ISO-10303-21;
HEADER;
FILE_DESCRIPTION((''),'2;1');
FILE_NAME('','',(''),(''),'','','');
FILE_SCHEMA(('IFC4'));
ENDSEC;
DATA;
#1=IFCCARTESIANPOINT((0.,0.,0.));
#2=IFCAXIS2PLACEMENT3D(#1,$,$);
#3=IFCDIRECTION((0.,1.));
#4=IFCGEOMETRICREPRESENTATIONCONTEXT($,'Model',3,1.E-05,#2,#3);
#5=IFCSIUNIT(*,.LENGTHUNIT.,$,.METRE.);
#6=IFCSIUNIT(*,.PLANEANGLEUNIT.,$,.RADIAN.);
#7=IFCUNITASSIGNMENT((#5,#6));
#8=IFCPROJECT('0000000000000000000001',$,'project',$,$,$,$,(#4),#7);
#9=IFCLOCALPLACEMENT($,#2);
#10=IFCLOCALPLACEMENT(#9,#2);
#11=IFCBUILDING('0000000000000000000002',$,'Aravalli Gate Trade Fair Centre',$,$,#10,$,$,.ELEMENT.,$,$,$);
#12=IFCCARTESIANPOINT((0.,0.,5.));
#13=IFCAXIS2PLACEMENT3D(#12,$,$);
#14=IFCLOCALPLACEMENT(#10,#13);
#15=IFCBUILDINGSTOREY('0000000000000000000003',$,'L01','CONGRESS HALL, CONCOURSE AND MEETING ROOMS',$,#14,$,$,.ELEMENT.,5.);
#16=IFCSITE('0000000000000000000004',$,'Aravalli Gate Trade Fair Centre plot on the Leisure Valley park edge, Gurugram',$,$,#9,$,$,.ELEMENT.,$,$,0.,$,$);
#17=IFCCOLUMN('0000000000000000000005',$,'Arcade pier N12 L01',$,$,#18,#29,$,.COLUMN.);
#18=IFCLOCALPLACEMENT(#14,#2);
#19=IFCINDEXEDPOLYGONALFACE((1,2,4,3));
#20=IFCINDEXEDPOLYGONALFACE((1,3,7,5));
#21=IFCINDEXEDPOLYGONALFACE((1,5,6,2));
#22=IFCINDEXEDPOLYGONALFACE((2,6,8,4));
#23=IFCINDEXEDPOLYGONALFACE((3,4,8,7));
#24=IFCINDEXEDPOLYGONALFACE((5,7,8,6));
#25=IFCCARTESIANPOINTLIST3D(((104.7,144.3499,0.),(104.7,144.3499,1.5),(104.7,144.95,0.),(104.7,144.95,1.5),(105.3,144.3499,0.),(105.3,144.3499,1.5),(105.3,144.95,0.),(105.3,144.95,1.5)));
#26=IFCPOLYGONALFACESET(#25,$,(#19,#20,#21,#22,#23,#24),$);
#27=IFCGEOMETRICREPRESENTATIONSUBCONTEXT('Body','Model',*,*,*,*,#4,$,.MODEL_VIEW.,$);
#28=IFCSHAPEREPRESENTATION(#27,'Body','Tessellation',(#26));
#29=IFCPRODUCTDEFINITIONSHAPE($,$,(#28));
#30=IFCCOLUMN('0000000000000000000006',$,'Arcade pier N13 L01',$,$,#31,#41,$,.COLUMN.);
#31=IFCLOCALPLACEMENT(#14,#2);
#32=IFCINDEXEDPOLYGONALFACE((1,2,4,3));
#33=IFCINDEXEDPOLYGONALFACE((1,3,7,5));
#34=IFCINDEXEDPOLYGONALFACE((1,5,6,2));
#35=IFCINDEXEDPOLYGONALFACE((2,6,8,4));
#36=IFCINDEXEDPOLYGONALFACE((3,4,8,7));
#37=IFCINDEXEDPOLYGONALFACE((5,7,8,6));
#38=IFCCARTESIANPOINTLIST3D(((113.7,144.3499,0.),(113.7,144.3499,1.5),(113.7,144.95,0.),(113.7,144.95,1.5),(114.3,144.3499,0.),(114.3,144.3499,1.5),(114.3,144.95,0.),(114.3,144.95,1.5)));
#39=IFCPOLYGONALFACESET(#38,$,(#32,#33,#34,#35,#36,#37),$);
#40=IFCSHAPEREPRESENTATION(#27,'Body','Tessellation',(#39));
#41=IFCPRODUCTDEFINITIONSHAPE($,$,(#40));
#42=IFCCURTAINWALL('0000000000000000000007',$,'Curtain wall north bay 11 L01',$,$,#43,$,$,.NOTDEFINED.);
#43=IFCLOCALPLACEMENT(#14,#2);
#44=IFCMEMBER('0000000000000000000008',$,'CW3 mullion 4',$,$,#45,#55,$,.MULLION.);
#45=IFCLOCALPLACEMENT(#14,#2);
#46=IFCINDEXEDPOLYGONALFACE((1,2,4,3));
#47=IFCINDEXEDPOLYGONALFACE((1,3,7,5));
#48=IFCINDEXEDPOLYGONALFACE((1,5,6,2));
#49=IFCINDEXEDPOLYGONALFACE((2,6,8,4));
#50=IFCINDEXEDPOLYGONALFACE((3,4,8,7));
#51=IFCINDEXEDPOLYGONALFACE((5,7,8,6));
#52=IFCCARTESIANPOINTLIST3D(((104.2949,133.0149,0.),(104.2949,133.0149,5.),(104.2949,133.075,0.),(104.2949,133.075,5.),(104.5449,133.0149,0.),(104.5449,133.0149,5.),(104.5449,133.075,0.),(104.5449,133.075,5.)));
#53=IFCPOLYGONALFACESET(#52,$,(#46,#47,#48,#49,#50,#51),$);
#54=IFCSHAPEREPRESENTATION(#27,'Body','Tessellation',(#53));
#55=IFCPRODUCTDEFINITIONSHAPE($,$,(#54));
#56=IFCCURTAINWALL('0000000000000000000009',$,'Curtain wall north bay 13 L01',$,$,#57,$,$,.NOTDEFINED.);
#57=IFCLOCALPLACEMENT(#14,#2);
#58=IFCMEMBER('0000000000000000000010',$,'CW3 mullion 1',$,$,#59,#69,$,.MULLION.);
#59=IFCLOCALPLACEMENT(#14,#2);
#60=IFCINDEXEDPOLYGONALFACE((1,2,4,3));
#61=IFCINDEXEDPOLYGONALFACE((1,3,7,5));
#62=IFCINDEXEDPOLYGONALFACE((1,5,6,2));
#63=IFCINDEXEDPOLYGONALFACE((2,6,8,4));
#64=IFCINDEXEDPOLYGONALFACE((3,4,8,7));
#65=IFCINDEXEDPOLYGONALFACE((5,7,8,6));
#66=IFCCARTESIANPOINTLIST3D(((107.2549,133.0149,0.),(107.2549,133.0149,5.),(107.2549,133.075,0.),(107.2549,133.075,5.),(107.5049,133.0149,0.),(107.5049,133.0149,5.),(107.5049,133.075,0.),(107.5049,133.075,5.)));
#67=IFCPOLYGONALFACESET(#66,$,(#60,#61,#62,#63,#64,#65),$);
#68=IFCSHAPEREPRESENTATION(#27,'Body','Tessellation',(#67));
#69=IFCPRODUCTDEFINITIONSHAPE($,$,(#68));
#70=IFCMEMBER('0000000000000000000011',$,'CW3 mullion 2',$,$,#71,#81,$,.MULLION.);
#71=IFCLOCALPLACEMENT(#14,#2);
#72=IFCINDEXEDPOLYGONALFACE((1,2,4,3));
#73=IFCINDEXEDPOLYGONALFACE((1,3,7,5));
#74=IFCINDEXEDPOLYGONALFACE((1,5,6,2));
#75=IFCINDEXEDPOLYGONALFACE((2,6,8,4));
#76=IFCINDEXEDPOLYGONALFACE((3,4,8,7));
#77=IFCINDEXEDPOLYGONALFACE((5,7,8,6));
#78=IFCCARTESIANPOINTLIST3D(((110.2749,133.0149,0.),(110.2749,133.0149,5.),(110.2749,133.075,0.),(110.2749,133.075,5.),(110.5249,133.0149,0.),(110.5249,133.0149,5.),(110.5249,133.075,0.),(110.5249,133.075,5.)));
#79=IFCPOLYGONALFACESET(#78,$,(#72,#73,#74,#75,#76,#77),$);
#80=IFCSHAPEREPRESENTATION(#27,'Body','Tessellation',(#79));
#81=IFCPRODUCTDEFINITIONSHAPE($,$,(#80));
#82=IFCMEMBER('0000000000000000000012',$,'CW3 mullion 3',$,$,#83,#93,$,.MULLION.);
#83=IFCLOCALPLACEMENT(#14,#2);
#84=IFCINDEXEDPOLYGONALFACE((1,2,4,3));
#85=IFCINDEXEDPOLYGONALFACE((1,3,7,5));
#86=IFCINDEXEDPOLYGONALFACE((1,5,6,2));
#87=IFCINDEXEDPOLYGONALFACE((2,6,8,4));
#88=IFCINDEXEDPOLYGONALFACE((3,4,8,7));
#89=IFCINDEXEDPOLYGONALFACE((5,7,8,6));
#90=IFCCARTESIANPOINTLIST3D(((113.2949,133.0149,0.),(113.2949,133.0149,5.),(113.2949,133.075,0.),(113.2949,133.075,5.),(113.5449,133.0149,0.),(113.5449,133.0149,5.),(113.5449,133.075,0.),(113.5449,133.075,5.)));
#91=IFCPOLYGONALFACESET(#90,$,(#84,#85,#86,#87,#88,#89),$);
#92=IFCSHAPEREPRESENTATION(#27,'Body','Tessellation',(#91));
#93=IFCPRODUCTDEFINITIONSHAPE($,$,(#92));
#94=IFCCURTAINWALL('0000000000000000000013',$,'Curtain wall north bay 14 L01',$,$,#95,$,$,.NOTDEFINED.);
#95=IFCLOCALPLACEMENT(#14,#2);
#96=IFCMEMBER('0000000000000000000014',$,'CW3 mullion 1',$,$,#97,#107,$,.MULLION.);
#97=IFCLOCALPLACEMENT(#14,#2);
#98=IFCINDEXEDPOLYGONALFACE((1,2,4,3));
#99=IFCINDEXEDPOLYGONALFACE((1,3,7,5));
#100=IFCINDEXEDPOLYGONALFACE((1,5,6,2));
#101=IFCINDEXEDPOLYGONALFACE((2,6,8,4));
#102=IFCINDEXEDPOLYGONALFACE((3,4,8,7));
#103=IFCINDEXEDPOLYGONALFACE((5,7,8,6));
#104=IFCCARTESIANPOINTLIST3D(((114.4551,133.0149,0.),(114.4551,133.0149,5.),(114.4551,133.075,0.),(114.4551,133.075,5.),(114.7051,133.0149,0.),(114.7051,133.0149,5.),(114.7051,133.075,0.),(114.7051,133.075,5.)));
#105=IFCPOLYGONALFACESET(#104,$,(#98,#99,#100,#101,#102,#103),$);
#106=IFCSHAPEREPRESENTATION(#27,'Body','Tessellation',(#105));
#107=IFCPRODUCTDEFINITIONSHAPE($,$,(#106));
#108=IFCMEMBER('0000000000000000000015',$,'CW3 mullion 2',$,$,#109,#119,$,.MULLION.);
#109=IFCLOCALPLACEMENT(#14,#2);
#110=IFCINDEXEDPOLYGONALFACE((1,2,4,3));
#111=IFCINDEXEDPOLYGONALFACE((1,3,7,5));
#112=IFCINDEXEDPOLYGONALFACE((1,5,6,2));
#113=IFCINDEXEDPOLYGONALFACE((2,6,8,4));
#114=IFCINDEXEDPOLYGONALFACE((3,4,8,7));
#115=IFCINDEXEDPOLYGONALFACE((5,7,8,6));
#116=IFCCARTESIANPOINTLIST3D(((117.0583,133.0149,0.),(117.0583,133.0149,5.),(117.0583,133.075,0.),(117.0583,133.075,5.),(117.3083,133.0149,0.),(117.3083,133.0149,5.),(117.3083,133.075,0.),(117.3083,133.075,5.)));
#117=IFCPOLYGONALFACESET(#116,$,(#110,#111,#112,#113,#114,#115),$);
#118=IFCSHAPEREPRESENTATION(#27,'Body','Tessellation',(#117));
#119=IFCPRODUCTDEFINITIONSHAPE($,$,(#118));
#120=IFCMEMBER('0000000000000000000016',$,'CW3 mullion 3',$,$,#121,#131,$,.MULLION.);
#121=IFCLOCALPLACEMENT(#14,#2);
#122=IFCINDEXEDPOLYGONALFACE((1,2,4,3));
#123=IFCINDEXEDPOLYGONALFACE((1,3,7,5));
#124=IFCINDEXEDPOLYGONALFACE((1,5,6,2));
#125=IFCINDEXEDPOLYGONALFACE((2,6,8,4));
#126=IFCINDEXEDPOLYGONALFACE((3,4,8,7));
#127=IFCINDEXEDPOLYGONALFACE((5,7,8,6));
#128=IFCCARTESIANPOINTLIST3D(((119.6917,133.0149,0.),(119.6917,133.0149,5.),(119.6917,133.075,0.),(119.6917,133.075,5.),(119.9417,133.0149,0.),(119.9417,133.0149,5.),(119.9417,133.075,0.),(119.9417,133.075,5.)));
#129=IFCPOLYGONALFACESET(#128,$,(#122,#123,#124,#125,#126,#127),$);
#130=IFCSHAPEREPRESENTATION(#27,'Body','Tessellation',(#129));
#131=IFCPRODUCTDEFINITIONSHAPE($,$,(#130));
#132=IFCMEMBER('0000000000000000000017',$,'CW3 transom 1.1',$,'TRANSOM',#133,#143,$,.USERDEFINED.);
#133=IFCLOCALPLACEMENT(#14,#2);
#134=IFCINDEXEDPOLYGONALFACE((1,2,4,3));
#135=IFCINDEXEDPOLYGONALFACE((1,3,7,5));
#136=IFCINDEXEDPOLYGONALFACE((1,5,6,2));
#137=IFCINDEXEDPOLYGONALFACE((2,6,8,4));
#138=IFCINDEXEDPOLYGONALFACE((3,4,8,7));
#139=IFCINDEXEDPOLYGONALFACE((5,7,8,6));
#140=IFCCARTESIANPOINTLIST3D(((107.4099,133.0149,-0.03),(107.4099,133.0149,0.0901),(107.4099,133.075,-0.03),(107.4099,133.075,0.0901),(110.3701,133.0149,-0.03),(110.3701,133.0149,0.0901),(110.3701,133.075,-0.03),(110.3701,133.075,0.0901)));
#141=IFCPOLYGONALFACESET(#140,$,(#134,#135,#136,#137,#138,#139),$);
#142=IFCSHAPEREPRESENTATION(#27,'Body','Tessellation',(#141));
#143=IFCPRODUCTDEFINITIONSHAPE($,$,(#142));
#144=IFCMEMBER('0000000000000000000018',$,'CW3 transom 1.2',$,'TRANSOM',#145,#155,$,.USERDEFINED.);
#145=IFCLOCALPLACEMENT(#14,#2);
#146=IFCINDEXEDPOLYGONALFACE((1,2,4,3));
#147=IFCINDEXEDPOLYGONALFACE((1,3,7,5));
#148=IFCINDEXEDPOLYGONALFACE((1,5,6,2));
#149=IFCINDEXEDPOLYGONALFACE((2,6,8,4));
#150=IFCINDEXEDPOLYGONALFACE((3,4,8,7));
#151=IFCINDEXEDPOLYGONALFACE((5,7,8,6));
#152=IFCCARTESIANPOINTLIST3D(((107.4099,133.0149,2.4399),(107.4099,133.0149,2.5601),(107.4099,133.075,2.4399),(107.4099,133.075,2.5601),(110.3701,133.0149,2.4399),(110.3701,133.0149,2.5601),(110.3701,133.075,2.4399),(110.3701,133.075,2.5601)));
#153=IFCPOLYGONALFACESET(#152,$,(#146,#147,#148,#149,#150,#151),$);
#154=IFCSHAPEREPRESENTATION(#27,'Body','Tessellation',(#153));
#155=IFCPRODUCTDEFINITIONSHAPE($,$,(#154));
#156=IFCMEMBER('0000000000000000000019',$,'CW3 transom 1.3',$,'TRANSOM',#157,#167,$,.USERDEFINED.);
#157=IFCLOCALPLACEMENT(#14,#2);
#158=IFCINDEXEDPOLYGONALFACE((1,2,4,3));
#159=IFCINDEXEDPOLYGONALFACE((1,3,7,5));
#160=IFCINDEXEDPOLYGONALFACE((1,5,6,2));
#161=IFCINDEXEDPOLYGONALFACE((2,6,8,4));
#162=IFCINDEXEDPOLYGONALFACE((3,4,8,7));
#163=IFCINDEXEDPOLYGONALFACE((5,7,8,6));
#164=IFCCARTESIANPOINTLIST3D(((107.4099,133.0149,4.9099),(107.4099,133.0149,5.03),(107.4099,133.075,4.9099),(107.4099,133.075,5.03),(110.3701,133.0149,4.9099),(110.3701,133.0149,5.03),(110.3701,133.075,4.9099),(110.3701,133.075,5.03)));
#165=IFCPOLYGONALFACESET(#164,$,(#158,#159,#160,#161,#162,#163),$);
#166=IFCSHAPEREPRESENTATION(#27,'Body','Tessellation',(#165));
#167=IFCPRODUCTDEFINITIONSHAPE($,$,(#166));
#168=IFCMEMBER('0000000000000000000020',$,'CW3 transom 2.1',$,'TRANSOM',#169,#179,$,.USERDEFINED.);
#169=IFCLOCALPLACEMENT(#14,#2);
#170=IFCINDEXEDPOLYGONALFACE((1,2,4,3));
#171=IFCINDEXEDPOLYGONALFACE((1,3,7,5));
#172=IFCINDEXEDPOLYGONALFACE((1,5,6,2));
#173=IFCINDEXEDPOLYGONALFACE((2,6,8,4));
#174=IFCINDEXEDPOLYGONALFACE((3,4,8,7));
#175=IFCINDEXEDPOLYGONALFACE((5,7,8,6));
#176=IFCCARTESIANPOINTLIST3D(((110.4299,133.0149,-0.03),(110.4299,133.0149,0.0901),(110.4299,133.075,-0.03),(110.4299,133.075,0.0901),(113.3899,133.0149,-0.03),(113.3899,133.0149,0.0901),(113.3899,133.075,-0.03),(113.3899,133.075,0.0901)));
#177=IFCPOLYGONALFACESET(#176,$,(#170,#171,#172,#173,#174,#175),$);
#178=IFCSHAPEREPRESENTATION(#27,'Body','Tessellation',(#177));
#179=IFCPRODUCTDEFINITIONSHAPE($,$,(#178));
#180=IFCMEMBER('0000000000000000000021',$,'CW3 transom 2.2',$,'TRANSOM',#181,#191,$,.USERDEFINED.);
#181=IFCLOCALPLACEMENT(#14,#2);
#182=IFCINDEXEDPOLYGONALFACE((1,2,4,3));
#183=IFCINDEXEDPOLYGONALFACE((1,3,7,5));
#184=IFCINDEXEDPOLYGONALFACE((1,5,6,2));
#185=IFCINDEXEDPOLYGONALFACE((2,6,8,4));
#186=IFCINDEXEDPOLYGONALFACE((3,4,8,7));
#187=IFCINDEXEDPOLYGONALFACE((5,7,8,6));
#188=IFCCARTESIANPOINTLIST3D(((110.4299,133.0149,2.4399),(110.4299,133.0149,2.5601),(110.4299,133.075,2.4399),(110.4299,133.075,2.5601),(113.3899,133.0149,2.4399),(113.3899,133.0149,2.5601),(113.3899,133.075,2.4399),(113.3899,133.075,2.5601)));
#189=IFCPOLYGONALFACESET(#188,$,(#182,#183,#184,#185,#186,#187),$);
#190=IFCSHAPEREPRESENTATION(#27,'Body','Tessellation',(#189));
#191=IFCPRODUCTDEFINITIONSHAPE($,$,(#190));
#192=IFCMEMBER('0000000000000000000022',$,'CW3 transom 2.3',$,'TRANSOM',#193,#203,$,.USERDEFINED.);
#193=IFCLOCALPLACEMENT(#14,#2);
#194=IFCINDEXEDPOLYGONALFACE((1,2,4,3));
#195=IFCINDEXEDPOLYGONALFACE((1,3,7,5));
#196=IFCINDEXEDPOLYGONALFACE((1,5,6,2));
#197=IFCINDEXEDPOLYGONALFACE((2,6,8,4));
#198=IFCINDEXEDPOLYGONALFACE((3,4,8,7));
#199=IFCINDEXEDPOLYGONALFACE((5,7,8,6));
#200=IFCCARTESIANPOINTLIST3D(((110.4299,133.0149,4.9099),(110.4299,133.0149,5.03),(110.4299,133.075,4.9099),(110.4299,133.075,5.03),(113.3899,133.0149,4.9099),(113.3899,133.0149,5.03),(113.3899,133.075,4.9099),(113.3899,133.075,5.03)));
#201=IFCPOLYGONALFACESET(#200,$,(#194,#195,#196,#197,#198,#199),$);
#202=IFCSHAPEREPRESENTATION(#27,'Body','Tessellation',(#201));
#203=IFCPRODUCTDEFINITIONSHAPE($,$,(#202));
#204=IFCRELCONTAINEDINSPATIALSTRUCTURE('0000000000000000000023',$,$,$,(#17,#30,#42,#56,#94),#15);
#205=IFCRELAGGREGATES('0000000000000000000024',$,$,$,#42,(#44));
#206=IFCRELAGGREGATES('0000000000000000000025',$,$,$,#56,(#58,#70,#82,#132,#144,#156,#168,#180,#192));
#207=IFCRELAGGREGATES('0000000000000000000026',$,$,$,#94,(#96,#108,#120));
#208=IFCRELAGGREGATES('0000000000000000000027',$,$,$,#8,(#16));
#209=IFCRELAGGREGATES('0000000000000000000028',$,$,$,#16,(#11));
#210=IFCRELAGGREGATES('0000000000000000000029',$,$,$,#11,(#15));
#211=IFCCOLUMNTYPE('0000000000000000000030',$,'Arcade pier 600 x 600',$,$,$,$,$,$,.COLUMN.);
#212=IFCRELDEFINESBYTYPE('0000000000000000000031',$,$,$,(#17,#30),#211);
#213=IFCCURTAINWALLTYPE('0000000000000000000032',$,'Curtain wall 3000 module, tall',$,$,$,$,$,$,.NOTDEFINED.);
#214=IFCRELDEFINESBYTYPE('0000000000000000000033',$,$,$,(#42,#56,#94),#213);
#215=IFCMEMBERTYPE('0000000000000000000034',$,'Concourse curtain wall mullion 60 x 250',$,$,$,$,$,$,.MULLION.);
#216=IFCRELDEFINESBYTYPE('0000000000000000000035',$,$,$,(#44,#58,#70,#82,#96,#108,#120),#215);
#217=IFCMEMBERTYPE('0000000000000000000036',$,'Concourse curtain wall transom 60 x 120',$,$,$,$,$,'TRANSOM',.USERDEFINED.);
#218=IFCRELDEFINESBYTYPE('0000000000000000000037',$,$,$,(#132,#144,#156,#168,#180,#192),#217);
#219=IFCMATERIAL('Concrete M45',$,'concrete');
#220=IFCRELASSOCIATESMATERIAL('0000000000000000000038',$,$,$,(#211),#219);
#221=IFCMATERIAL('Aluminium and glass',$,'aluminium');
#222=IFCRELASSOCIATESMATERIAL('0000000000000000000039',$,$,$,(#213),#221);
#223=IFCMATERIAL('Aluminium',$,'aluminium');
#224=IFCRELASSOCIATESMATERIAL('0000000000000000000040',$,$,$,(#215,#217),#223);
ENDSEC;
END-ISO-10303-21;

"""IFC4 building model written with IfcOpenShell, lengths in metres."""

from ifc_helpers import new_model, si_unit, direction, frame, origin, origin_2d, place, context, subcontext, project, spatial, rectangle, extrude, material, material_profile, profile_set, type_object, element, aggregate, save


model = new_model("IFC4")

# Units and contexts
model_context = context("Model", 3, precision=1e-05, world=origin(), true_north=direction((0.0, 1.0)))
body_context = subcontext(model_context, "Body", "Model", "MODEL_VIEW")
ifc_project = project(units=[si_unit("LENGTHUNIT", "METRE"), si_unit("PLANEANGLEUNIT", "RADIAN")], contexts=[model_context])

# Site, building, storey
site_placement = place(None, origin())
site = spatial("IfcSite", under=ifc_project, at=site_placement, Name="Aravalli Gate Trade Fair Centre plot on the Leisure Valley park edge, Gurugram", CompositionType="ELEMENT", RefElevation=0.0)
building_placement = place(site_placement, origin())
building = spatial("IfcBuilding", under=site, at=building_placement, Name="Aravalli Gate Trade Fair Centre", CompositionType="ELEMENT")
storey_placement = place(building_placement, frame((0.0, 0.0, 5.0)))
storey = spatial("IfcBuildingStorey", under=building, at=storey_placement, Name="L01", Description="CONGRESS HALL, CONCOURSE AND MEETING ROOMS", CompositionType="ELEMENT", Elevation=5.0)

# Columns
ifc_material_1 = material(Name="Concrete M45", Category="concrete")
ifc_material_profile_1 = material_profile(ifc_material_1, rectangle(XDim=0.6001, YDim=0.6001, at=origin_2d()), Name="Arcade pier 600 x 600")
ifc_profile_set_1 = profile_set([ifc_material_profile_1], Name="Concrete M45")
column_type = type_object("IfcColumnType", Name="Arcade pier 600 x 600", PredefinedType="COLUMN", material=ifc_profile_set_1)
for number, where, z_axis, x_axis, name in (
    (1, (105.0, 144.6499, 0.0), (0.0, 0.0, 1.0), (1.0, 0.0, 0.0), "Arcade pier N12 L01"),
    (2, (114.0, 144.6499, 0.0), (0.0, 0.0, 1.0), (1.0, 0.0, 0.0), "Arcade pier N13 L01"),
):
    element("IfcColumn", number, at=place(storey_placement, frame(where, z_axis=z_axis, x_axis=x_axis)), inside=storey, type_object=column_type, Name=name, PredefinedType="COLUMN", context=body_context, shape_type="SweptSolid", body=[
        extrude(rectangle(XDim=0.6001, YDim=0.6001, at=origin_2d()), origin(), (0.0, 0.0, 1.0), 1.5),
    ])

# Curtain wall, member
ifc_material_2 = material(Name="Aluminium and glass", Category="aluminium")
curtain_wall_type = type_object("IfcCurtainWallType", Name="Curtain wall 3000 module, tall", PredefinedType="NOTDEFINED", material=ifc_material_2)
curtain_wall_1_placement = place(storey_placement, origin())
curtain_wall_1 = element("IfcCurtainWall", 3, at=curtain_wall_1_placement, inside=storey, type_object=curtain_wall_type, Name="Curtain wall north bay 11 L01", PredefinedType="NOTDEFINED")
ifc_material_3 = material(Name="Aluminium", Category="aluminium")
ifc_material_profile_2 = material_profile(ifc_material_3, rectangle(XDim=0.0601, YDim=0.25, at=origin_2d()), Name="Concourse curtain wall mullion 60 x 250")
ifc_profile_set_2 = profile_set([ifc_material_profile_2], Name="Aluminium")
member_type_1 = type_object("IfcMemberType", Name="Concourse curtain wall mullion 60 x 250", PredefinedType="MULLION", material=ifc_profile_set_2)
member_1_placement = place(storey_placement, frame((104.4199, 133.0449, 0.0), z_axis=(0.0, 0.0, 1.0), x_axis=(0.0, 1.0, 0.0)))
member_1 = element("IfcMember", 4, at=member_1_placement, type_object=member_type_1, Name="CW3 mullion 4", PredefinedType="MULLION", context=body_context, shape_type="SweptSolid", body=[
    extrude(rectangle(XDim=0.0601, YDim=0.25, at=origin_2d()), origin(), (0.0, 0.0, 1.0), 5.0),
])

# Curtain walls, members
curtain_wall_2_placement = place(storey_placement, origin())
curtain_wall_2 = element("IfcCurtainWall", 5, at=curtain_wall_2_placement, inside=storey, type_object=curtain_wall_type, Name="Curtain wall north bay 13 L01", PredefinedType="NOTDEFINED")
member_2_placement = place(storey_placement, frame((107.3799, 133.0449, 0.0), z_axis=(0.0, 0.0, 1.0), x_axis=(0.0, 1.0, 0.0)))
member_2 = element("IfcMember", 6, at=member_2_placement, type_object=member_type_1, Name="CW3 mullion 1", PredefinedType="MULLION", context=body_context, shape_type="SweptSolid", body=[
    extrude(rectangle(XDim=0.0601, YDim=0.25, at=origin_2d()), origin(), (0.0, 0.0, 1.0), 5.0),
])
member_3_placement = place(storey_placement, frame((110.3999, 133.0449, 0.0), z_axis=(0.0, 0.0, 1.0), x_axis=(0.0, 1.0, 0.0)))
member_3 = element("IfcMember", 7, at=member_3_placement, type_object=member_type_1, Name="CW3 mullion 2", PredefinedType="MULLION", context=body_context, shape_type="SweptSolid", body=[
    extrude(rectangle(XDim=0.0601, YDim=0.25, at=origin_2d()), origin(), (0.0, 0.0, 1.0), 5.0),
])
member_4_placement = place(storey_placement, frame((113.4199, 133.0449, 0.0), z_axis=(0.0, 0.0, 1.0), x_axis=(0.0, 1.0, 0.0)))
member_4 = element("IfcMember", 8, at=member_4_placement, type_object=member_type_1, Name="CW3 mullion 3", PredefinedType="MULLION", context=body_context, shape_type="SweptSolid", body=[
    extrude(rectangle(XDim=0.0601, YDim=0.25, at=origin_2d()), origin(), (0.0, 0.0, 1.0), 5.0),
])
curtain_wall_3_placement = place(storey_placement, origin())
curtain_wall_3 = element("IfcCurtainWall", 9, at=curtain_wall_3_placement, inside=storey, type_object=curtain_wall_type, Name="Curtain wall north bay 14 L01", PredefinedType="NOTDEFINED")
member_5_placement = place(storey_placement, frame((114.5801, 133.0449, 0.0), z_axis=(0.0, 0.0, 1.0), x_axis=(0.0, 1.0, 0.0)))
member_5 = element("IfcMember", 10, at=member_5_placement, type_object=member_type_1, Name="CW3 mullion 1", PredefinedType="MULLION", context=body_context, shape_type="SweptSolid", body=[
    extrude(rectangle(XDim=0.0601, YDim=0.25, at=origin_2d()), origin(), (0.0, 0.0, 1.0), 5.0),
])
member_6_placement = place(storey_placement, frame((117.1833, 133.0449, 0.0), z_axis=(0.0, 0.0, 1.0), x_axis=(0.0, 1.0, 0.0)))
member_6 = element("IfcMember", 11, at=member_6_placement, type_object=member_type_1, Name="CW3 mullion 2", PredefinedType="MULLION", context=body_context, shape_type="SweptSolid", body=[
    extrude(rectangle(XDim=0.0601, YDim=0.25, at=origin_2d()), origin(), (0.0, 0.0, 1.0), 5.0),
])
member_7_placement = place(storey_placement, frame((119.8167, 133.0449, 0.0), z_axis=(0.0, 0.0, 1.0), x_axis=(0.0, 1.0, 0.0)))
member_7 = element("IfcMember", 12, at=member_7_placement, type_object=member_type_1, Name="CW3 mullion 3", PredefinedType="MULLION", context=body_context, shape_type="SweptSolid", body=[
    extrude(rectangle(XDim=0.0601, YDim=0.25, at=origin_2d()), origin(), (0.0, 0.0, 1.0), 5.0),
])

# Members
ifc_material_profile_3 = material_profile(ifc_material_3, rectangle(XDim=0.0601, YDim=0.1201, at=origin_2d()), Name="Concourse curtain wall transom 60 x 120")
ifc_profile_set_3 = profile_set([ifc_material_profile_3], Name="Aluminium")
member_type_2 = type_object("IfcMemberType", Name="Concourse curtain wall transom 60 x 120", ElementType="TRANSOM", PredefinedType="USERDEFINED", material=ifc_profile_set_3)
member_8_placement = place(storey_placement, frame((107.4099, 133.0449, 0.03), z_axis=(1.0, 0.0, 0.0), x_axis=(0.0, 1.0, 0.0)))
member_8 = element("IfcMember", 13, at=member_8_placement, type_object=member_type_2, Name="CW3 transom 1.1", ObjectType="TRANSOM", PredefinedType="USERDEFINED", context=body_context, shape_type="SweptSolid", body=[
    extrude(rectangle(XDim=0.0601, YDim=0.1201, at=origin_2d()), origin(), (0.0, 0.0, 1.0), 2.9602),
])
member_9_placement = place(storey_placement, frame((107.4099, 133.0449, 2.5), z_axis=(1.0, 0.0, 0.0), x_axis=(0.0, 1.0, 0.0)))
member_9 = element("IfcMember", 14, at=member_9_placement, type_object=member_type_2, Name="CW3 transom 1.2", ObjectType="TRANSOM", PredefinedType="USERDEFINED", context=body_context, shape_type="SweptSolid", body=[
    extrude(rectangle(XDim=0.0601, YDim=0.1201, at=origin_2d()), origin(), (0.0, 0.0, 1.0), 2.9602),
])
member_10_placement = place(storey_placement, frame((107.4099, 133.0449, 4.97), z_axis=(1.0, 0.0, 0.0), x_axis=(0.0, 1.0, 0.0)))
member_10 = element("IfcMember", 15, at=member_10_placement, type_object=member_type_2, Name="CW3 transom 1.3", ObjectType="TRANSOM", PredefinedType="USERDEFINED", context=body_context, shape_type="SweptSolid", body=[
    extrude(rectangle(XDim=0.0601, YDim=0.1201, at=origin_2d()), origin(), (0.0, 0.0, 1.0), 2.9602),
])
member_11_placement = place(storey_placement, frame((110.4299, 133.0449, 0.03), z_axis=(1.0, 0.0, 0.0), x_axis=(0.0, 1.0, 0.0)))
member_11 = element("IfcMember", 16, at=member_11_placement, type_object=member_type_2, Name="CW3 transom 2.1", ObjectType="TRANSOM", PredefinedType="USERDEFINED", context=body_context, shape_type="SweptSolid", body=[
    extrude(rectangle(XDim=0.0601, YDim=0.1201, at=origin_2d()), origin(), (0.0, 0.0, 1.0), 2.96),
])
member_12_placement = place(storey_placement, frame((110.4299, 133.0449, 2.5), z_axis=(1.0, 0.0, 0.0), x_axis=(0.0, 1.0, 0.0)))
member_12 = element("IfcMember", 17, at=member_12_placement, type_object=member_type_2, Name="CW3 transom 2.2", ObjectType="TRANSOM", PredefinedType="USERDEFINED", context=body_context, shape_type="SweptSolid", body=[
    extrude(rectangle(XDim=0.0601, YDim=0.1201, at=origin_2d()), origin(), (0.0, 0.0, 1.0), 2.96),
])
member_13_placement = place(storey_placement, frame((110.4299, 133.0449, 4.97), z_axis=(1.0, 0.0, 0.0), x_axis=(0.0, 1.0, 0.0)))
member_13 = element("IfcMember", 18, at=member_13_placement, type_object=member_type_2, Name="CW3 transom 2.3", ObjectType="TRANSOM", PredefinedType="USERDEFINED", context=body_context, shape_type="SweptSolid", body=[
    extrude(rectangle(XDim=0.0601, YDim=0.1201, at=origin_2d()), origin(), (0.0, 0.0, 1.0), 2.96),
])

aggregate(curtain_wall_1, [member_1])
aggregate(curtain_wall_2, [member_2, member_3, member_4, member_8, member_9, member_10, member_11, member_12, member_13])
aggregate(curtain_wall_3, [member_5, member_6, member_7])

save(model, "model.ifc")
